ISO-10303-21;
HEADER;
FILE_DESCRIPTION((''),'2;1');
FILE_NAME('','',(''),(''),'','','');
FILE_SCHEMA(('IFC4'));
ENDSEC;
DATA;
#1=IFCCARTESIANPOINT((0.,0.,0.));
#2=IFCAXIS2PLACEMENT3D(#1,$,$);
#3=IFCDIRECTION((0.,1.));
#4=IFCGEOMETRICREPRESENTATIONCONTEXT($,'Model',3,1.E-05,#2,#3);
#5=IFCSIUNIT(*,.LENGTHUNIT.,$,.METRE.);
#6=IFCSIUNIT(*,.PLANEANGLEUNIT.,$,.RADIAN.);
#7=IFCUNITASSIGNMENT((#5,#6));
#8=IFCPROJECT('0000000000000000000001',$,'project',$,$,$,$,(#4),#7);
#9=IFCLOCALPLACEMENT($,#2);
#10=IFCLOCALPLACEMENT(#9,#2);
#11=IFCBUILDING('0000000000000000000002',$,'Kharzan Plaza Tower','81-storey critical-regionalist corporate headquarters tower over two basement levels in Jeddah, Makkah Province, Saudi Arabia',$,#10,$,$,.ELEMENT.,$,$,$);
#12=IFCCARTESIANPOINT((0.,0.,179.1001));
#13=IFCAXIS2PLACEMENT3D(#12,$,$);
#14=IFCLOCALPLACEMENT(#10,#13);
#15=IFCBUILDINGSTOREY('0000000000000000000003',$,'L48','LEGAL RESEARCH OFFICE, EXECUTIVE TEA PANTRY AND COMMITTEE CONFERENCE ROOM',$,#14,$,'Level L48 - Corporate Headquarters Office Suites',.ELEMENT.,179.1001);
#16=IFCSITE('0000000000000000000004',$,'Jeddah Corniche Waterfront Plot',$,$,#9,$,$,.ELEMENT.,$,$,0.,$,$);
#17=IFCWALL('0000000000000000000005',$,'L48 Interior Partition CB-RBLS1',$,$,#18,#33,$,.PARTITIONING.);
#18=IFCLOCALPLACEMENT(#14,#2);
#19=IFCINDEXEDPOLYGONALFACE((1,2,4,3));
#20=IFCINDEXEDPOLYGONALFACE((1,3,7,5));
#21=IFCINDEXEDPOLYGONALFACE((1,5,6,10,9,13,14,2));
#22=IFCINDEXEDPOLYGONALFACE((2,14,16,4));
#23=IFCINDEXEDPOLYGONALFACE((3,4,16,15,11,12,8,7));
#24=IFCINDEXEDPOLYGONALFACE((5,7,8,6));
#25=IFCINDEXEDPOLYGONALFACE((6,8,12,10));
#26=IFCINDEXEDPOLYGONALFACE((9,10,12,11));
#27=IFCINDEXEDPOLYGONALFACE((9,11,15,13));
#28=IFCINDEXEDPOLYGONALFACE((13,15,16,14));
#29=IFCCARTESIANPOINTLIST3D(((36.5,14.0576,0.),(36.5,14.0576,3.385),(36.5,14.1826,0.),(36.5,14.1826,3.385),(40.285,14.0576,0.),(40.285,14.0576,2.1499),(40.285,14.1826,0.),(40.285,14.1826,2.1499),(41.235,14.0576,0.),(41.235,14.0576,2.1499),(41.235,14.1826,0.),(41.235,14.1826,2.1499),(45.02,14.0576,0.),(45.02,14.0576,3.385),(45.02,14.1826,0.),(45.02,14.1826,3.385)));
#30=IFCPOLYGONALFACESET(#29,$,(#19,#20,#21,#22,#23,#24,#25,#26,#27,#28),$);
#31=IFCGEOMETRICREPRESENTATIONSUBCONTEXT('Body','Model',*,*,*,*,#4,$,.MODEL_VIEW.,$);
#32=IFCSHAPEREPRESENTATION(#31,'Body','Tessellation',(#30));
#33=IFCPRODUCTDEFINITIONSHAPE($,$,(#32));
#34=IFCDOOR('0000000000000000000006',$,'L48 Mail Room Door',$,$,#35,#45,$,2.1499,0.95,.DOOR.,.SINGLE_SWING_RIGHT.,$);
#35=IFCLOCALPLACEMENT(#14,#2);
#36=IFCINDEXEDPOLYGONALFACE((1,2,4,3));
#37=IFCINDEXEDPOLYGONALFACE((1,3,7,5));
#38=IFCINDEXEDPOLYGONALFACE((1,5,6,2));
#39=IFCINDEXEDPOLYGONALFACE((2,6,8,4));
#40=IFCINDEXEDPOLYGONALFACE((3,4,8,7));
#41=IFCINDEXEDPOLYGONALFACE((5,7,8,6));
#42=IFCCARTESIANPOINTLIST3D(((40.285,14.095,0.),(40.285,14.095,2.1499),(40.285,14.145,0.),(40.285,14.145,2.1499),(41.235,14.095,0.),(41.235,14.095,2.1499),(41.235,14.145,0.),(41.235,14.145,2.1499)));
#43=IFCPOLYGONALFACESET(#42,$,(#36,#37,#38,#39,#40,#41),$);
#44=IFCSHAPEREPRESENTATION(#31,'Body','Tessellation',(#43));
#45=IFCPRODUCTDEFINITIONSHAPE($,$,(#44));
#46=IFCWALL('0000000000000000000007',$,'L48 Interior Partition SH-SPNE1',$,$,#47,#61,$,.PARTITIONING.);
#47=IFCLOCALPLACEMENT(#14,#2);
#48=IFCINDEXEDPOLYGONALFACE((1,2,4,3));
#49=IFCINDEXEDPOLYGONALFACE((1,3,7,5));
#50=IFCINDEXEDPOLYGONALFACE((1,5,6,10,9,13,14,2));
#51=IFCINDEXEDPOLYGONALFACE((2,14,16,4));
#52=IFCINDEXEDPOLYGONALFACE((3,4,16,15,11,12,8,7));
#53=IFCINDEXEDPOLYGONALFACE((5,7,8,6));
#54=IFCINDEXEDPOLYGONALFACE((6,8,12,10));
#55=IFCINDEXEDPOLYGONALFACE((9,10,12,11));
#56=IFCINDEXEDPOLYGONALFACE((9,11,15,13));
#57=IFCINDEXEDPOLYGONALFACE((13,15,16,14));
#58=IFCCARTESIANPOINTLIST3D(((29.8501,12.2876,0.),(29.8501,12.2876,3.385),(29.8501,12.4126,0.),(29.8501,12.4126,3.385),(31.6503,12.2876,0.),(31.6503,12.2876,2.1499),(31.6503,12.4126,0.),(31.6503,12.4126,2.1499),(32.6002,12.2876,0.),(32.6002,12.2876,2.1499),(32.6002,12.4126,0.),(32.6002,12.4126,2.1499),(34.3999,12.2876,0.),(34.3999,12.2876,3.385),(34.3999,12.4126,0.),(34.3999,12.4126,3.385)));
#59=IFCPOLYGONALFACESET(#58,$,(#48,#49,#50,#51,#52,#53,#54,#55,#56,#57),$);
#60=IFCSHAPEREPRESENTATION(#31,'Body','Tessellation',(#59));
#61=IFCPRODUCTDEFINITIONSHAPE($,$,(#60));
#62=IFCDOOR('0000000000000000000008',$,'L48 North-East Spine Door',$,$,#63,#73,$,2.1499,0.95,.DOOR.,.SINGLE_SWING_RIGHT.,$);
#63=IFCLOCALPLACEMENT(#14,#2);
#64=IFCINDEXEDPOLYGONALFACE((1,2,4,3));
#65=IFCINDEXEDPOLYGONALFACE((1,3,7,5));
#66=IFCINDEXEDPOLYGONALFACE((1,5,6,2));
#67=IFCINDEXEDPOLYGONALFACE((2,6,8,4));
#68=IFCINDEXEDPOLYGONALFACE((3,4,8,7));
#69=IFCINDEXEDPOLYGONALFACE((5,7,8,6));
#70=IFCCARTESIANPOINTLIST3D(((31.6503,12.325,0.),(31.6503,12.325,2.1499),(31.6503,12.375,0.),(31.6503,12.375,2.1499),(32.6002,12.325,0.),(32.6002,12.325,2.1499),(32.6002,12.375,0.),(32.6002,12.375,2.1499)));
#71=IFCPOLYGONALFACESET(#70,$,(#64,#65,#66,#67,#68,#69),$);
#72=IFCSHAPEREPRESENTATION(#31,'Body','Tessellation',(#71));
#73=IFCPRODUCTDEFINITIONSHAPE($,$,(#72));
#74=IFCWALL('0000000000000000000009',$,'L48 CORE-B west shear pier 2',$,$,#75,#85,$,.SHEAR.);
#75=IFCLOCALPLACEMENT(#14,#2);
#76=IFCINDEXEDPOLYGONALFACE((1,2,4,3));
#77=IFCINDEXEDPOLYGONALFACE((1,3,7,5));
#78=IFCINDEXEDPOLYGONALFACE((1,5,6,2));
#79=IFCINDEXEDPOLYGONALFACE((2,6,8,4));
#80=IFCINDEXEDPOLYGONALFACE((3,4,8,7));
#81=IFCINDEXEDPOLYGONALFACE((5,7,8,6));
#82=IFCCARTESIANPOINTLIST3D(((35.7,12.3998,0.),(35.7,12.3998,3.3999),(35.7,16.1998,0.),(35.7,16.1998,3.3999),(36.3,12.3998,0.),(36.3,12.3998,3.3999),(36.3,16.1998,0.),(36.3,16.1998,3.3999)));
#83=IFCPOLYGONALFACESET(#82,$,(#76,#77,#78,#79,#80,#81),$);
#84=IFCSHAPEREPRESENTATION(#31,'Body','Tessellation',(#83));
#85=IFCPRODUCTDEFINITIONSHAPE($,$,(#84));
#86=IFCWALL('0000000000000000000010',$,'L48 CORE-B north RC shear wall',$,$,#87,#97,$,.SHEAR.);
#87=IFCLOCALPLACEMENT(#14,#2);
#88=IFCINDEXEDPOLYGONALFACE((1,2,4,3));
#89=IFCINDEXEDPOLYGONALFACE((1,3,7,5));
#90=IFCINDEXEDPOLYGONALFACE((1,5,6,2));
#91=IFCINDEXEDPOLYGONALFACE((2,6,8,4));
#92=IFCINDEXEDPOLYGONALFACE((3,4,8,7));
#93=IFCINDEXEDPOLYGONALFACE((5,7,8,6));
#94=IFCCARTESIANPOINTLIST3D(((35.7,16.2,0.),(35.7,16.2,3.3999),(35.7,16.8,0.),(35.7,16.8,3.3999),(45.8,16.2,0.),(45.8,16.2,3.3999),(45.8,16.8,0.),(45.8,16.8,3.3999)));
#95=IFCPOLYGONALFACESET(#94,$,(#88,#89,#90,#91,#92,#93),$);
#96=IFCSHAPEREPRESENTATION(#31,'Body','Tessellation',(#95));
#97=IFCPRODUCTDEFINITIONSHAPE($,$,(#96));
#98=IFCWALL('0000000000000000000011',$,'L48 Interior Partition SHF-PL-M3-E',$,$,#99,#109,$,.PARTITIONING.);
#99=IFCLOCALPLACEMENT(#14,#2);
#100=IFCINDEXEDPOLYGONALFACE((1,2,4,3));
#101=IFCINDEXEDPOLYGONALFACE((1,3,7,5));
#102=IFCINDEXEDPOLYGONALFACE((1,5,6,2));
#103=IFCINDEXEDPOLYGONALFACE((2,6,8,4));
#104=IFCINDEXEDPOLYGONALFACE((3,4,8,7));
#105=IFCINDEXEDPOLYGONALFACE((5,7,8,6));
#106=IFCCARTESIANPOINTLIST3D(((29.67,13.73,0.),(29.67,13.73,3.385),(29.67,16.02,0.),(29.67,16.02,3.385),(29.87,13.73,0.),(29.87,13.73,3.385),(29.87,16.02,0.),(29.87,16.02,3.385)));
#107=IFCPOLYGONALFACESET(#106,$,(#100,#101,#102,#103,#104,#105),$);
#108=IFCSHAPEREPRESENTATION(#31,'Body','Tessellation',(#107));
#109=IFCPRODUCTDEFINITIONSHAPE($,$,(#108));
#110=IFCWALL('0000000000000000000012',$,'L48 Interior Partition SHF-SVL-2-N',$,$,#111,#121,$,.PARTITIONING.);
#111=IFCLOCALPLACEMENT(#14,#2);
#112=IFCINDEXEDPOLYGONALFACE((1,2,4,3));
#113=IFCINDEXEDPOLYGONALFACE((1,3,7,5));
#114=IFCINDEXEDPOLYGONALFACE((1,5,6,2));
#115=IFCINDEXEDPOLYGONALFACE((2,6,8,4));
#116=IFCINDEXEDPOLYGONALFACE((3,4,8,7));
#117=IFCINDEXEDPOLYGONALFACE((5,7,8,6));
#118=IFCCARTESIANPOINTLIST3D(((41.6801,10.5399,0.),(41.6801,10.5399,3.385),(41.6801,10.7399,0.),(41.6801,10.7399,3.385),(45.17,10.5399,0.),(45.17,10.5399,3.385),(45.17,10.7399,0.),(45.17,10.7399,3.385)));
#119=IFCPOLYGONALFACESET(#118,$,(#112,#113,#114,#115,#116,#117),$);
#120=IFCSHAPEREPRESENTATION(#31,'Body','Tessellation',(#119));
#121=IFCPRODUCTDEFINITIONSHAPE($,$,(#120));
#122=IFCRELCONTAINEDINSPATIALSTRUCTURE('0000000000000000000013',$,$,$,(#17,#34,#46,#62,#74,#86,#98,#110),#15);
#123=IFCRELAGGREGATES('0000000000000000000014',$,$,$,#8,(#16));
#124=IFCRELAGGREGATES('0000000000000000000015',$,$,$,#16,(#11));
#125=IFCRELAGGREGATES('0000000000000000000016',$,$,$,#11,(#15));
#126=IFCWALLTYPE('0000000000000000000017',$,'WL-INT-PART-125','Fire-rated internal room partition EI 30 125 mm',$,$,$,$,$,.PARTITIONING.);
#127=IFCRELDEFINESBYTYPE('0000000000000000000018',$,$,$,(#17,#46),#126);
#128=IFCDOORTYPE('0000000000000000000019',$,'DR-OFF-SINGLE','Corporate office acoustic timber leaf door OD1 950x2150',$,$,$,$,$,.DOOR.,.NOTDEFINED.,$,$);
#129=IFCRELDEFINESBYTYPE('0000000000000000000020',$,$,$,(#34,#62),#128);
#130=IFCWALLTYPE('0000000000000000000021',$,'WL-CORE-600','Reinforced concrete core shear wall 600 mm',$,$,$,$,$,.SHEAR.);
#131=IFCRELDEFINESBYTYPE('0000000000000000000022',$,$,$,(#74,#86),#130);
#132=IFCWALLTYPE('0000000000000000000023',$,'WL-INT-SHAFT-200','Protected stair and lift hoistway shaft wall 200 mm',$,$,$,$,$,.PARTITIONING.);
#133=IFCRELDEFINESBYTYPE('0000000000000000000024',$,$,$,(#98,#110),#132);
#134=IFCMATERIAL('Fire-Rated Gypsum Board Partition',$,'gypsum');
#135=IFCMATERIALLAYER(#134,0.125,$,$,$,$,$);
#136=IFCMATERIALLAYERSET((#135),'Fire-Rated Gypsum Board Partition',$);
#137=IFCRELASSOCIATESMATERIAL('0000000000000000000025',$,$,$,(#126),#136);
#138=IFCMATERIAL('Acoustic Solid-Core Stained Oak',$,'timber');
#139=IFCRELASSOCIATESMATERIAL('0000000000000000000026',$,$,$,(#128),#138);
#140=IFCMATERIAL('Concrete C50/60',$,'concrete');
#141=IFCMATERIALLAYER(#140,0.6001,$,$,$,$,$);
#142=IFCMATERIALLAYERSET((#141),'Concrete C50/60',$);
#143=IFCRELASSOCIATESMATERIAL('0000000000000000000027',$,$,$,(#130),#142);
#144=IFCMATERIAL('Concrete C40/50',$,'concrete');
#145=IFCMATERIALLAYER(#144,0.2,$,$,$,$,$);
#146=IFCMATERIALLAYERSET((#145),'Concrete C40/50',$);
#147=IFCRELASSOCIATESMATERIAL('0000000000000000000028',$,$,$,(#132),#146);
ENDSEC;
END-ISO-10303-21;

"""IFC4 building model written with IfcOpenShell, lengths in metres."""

from ifc_helpers import new_model, si_unit, direction, frame, frame_2d, origin, place, context, subcontext, project, spatial, rectangle, extrude, source, transform, mapped, material, layer, layer_set, type_object, element, fill, save


model = new_model("IFC4")

# Units and contexts
model_context = context("Model", 3, precision=1e-05, world=origin(), true_north=direction((0.0, 1.0)))
body_context = subcontext(model_context, "Body", "Model", "MODEL_VIEW")
ifc_project = project(units=[si_unit("LENGTHUNIT", "METRE"), si_unit("PLANEANGLEUNIT", "RADIAN")], contexts=[model_context])

# Site, building, storey
site_placement = place(None, origin())
site = spatial("IfcSite", under=ifc_project, at=site_placement, Name="Jeddah Corniche Waterfront Plot", CompositionType="ELEMENT", RefElevation=0.0)
building_placement = place(site_placement, origin())
building = spatial("IfcBuilding", under=site, at=building_placement, Name="Kharzan Plaza Tower", Description="81-storey critical-regionalist corporate headquarters tower over two basement levels in Jeddah, Makkah Province, Saudi Arabia", CompositionType="ELEMENT")
storey_placement = place(building_placement, frame((0.0, 0.0, 179.1001)))
storey = spatial("IfcBuildingStorey", under=building, at=storey_placement, Name="L48", Description="LEGAL RESEARCH OFFICE, EXECUTIVE TEA PANTRY AND COMMITTEE CONFERENCE ROOM", LongName="Level L48 - Corporate Headquarters Office Suites", CompositionType="ELEMENT", Elevation=179.1001)

# Shared definitions
ifc_material_1 = material(Name="Concrete C50/60", Category="concrete")

# Shared definitions
ifc_material_2 = material(Name="Concrete C40/50", Category="concrete")

# Walls, openings, doors
ifc_material_3 = material(Name="Fire-Rated Gypsum Board Partition", Category="gypsum")
ifc_layer_1 = layer(ifc_material_3, 0.125)
ifc_layer_set_1 = layer_set([ifc_layer_1], Name="Fire-Rated Gypsum Board Partition")
wall_type_1 = type_object("IfcWallType", Name="WL-INT-PART-125", Description="Fire-rated internal room partition EI 30 125 mm", PredefinedType="PARTITIONING", material=ifc_layer_set_1)
wall_1_placement = place(storey_placement, frame((36.5, 14.1201, 0.0), z_axis=(0.0, 0.0, 1.0), x_axis=(1.0, 0.0, 0.0)))
wall_1 = element("IfcWall", 1, at=wall_1_placement, inside=storey, type_object=wall_type_1, Name="L48 Interior Partition CB-RBLS1", PredefinedType="PARTITIONING", context=body_context, shape_type="SweptSolid", body=[
    extrude(rectangle(XDim=8.52, YDim=0.125, at=frame_2d((4.26, 0.0))), origin(), (0.0, 0.0, 1.0), 3.385),
])
opening_1_placement = place(wall_1_placement, frame((3.7849, 0.0, 0.0)))
opening_1 = element("IfcOpeningElement", 2, at=opening_1_placement, cuts=wall_1, PredefinedType="OPENING", context=body_context, shape_type="SweptSolid", body=[
    extrude(rectangle(XDim=0.95, YDim=2.1499, at=frame_2d((0.4751, 1.075))), frame((0.0, 0.0725, 0.0), z_axis=(0.0, -1.0, 0.0), x_axis=(1.0, 0.0, 0.0)), (0.0, 0.0, 1.0), 0.145),
])
ifc_material_4 = material(Name="Acoustic Solid-Core Stained Oak", Category="timber")
door_type = type_object("IfcDoorType", Name="DR-OFF-SINGLE", Description="Corporate office acoustic timber leaf door OD1 950x2150", OperationType="NOTDEFINED", PredefinedType="DOOR", material=ifc_material_4)
shared_shape_1 = source(origin(), body_context, "Body", "SweptSolid", [
    extrude(rectangle(XDim=0.95, YDim=2.1499, at=frame_2d((0.4751, 1.075))), frame((0.0, 0.0249, 0.0), z_axis=(0.0, -1.0, 0.0), x_axis=(1.0, 0.0, 0.0)), (0.0, 0.0, 1.0), 0.05),
])
door_1_placement = place(opening_1_placement, origin())
door_1 = element("IfcDoor", 3, at=door_1_placement, inside=storey, type_object=door_type, Name="L48 Mail Room Door", OperationType="SINGLE_SWING_RIGHT", OverallHeight=2.1499, OverallWidth=0.95, PredefinedType="DOOR", context=body_context, shape_type="MappedRepresentation", body=[
    mapped(shared_shape_1, transform((0.0, 0.0, 0.0), x_axis=(1.0, 0.0, 0.0), y_axis=(0.0, 1.0, 0.0), z_axis=(0.0, 0.0, 1.0))),
])
fill(opening_1, door_1)
wall_2_placement = place(storey_placement, frame((29.8501, 12.3501, 0.0), z_axis=(0.0, 0.0, 1.0), x_axis=(1.0, 0.0, 0.0)))
wall_2 = element("IfcWall", 4, at=wall_2_placement, inside=storey, type_object=wall_type_1, Name="L48 Interior Partition SH-SPNE1", PredefinedType="PARTITIONING", context=body_context, shape_type="SweptSolid", body=[
    extrude(rectangle(XDim=4.5498, YDim=0.125, at=frame_2d((2.2749, 0.0))), origin(), (0.0, 0.0, 1.0), 3.385),
])
opening_2_placement = place(wall_2_placement, frame((1.8, 0.0, 0.0)))
opening_2 = element("IfcOpeningElement", 5, at=opening_2_placement, cuts=wall_2, PredefinedType="OPENING", context=body_context, shape_type="SweptSolid", body=[
    extrude(rectangle(XDim=0.95, YDim=2.1499, at=frame_2d((0.4751, 1.075))), frame((0.0, 0.0725, 0.0), z_axis=(0.0, -1.0, 0.0), x_axis=(1.0, 0.0, 0.0)), (0.0, 0.0, 1.0), 0.145),
])
door_2_placement = place(opening_2_placement, origin())
door_2 = element("IfcDoor", 6, at=door_2_placement, inside=storey, type_object=door_type, Name="L48 North-East Spine Door", OperationType="SINGLE_SWING_RIGHT", OverallHeight=2.1499, OverallWidth=0.95, PredefinedType="DOOR", context=body_context, shape_type="MappedRepresentation", body=[
    mapped(shared_shape_1, transform((0.0, 0.0, 0.0), x_axis=(1.0, 0.0, 0.0), y_axis=(0.0, 1.0, 0.0), z_axis=(0.0, 0.0, 1.0))),
])
fill(opening_2, door_2)

# Walls
ifc_layer_2 = layer(ifc_material_1, 0.6001)
ifc_layer_set_2 = layer_set([ifc_layer_2], Name="Concrete C50/60")
wall_type_2 = type_object("IfcWallType", Name="WL-CORE-600", Description="Reinforced concrete core shear wall 600 mm", PredefinedType="SHEAR", material=ifc_layer_set_2)
shared_shape_2 = source(origin(), body_context, "Body", "SweptSolid", [
    extrude(rectangle(XDim=3.8, YDim=0.6001, at=frame_2d((1.8999, 0.0))), origin(), (0.0, 0.0, 1.0), 3.3999),
])
wall_3_placement = place(storey_placement, frame((36.0, 12.3999, 0.0), z_axis=(0.0, 0.0, 1.0), x_axis=(0.0, 1.0, 0.0)))
element("IfcWall", 7, at=wall_3_placement, inside=storey, type_object=wall_type_2, Name="L48 CORE-B west shear pier 2", PredefinedType="SHEAR", context=body_context, shape_type="MappedRepresentation", body=[
    mapped(shared_shape_2, transform((0.0, 0.0, 0.0), x_axis=(1.0, 0.0, 0.0), y_axis=(0.0, 1.0, 0.0), z_axis=(0.0, 0.0, 1.0))),
])
shared_shape_3 = source(origin(), body_context, "Body", "SweptSolid", [
    extrude(rectangle(XDim=10.1001, YDim=0.6001, at=frame_2d((5.05, 0.0))), origin(), (0.0, 0.0, 1.0), 3.3999),
])
wall_4_placement = place(storey_placement, frame((35.7, 16.5, 0.0), z_axis=(0.0, 0.0, 1.0), x_axis=(1.0, 0.0, 0.0)))
element("IfcWall", 8, at=wall_4_placement, inside=storey, type_object=wall_type_2, Name="L48 CORE-B north RC shear wall", PredefinedType="SHEAR", context=body_context, shape_type="MappedRepresentation", body=[
    mapped(shared_shape_3, transform((0.0, 0.0, 0.0), x_axis=(1.0, 0.0, 0.0), y_axis=(0.0, 1.0, 0.0), z_axis=(0.0, 0.0, 1.0))),
])
ifc_layer_3 = layer(ifc_material_2, 0.2)
ifc_layer_set_3 = layer_set([ifc_layer_3], Name="Concrete C40/50")
wall_type_3 = type_object("IfcWallType", Name="WL-INT-SHAFT-200", Description="Protected stair and lift hoistway shaft wall 200 mm", PredefinedType="PARTITIONING", material=ifc_layer_set_3)
shared_shape_4 = source(origin(), body_context, "Body", "SweptSolid", [
    extrude(rectangle(XDim=2.29, YDim=0.2, at=frame_2d((1.145, 0.0))), origin(), (0.0, 0.0, 1.0), 3.385),
])
wall_5_placement = place(storey_placement, frame((29.77, 13.73, 0.0), z_axis=(0.0, 0.0, 1.0), x_axis=(0.0, 1.0, 0.0)))
element("IfcWall", 9, at=wall_5_placement, inside=storey, type_object=wall_type_3, Name="L48 Interior Partition SHF-PL-M3-E", PredefinedType="PARTITIONING", context=body_context, shape_type="MappedRepresentation", body=[
    mapped(shared_shape_4, transform((0.0, 0.0, 0.0), x_axis=(1.0, 0.0, 0.0), y_axis=(0.0, 1.0, 0.0), z_axis=(0.0, 0.0, 1.0))),
])
shared_shape_5 = source(origin(), body_context, "Body", "SweptSolid", [
    extrude(rectangle(XDim=3.49, YDim=0.2, at=frame_2d((1.7451, 0.0))), origin(), (0.0, 0.0, 1.0), 3.385),
])
wall_6_placement = place(storey_placement, frame((41.6799, 10.6399, 0.0), z_axis=(0.0, 0.0, 1.0), x_axis=(1.0, 0.0, 0.0)))
element("IfcWall", 10, at=wall_6_placement, inside=storey, type_object=wall_type_3, Name="L48 Interior Partition SHF-SVL-2-N", PredefinedType="PARTITIONING", context=body_context, shape_type="MappedRepresentation", body=[
    mapped(shared_shape_5, transform((0.0, 0.0, 0.0), x_axis=(1.0, 0.0, 0.0), y_axis=(0.0, 1.0, 0.0), z_axis=(0.0, 0.0, 1.0))),
])

save(model, "model.ifc")
